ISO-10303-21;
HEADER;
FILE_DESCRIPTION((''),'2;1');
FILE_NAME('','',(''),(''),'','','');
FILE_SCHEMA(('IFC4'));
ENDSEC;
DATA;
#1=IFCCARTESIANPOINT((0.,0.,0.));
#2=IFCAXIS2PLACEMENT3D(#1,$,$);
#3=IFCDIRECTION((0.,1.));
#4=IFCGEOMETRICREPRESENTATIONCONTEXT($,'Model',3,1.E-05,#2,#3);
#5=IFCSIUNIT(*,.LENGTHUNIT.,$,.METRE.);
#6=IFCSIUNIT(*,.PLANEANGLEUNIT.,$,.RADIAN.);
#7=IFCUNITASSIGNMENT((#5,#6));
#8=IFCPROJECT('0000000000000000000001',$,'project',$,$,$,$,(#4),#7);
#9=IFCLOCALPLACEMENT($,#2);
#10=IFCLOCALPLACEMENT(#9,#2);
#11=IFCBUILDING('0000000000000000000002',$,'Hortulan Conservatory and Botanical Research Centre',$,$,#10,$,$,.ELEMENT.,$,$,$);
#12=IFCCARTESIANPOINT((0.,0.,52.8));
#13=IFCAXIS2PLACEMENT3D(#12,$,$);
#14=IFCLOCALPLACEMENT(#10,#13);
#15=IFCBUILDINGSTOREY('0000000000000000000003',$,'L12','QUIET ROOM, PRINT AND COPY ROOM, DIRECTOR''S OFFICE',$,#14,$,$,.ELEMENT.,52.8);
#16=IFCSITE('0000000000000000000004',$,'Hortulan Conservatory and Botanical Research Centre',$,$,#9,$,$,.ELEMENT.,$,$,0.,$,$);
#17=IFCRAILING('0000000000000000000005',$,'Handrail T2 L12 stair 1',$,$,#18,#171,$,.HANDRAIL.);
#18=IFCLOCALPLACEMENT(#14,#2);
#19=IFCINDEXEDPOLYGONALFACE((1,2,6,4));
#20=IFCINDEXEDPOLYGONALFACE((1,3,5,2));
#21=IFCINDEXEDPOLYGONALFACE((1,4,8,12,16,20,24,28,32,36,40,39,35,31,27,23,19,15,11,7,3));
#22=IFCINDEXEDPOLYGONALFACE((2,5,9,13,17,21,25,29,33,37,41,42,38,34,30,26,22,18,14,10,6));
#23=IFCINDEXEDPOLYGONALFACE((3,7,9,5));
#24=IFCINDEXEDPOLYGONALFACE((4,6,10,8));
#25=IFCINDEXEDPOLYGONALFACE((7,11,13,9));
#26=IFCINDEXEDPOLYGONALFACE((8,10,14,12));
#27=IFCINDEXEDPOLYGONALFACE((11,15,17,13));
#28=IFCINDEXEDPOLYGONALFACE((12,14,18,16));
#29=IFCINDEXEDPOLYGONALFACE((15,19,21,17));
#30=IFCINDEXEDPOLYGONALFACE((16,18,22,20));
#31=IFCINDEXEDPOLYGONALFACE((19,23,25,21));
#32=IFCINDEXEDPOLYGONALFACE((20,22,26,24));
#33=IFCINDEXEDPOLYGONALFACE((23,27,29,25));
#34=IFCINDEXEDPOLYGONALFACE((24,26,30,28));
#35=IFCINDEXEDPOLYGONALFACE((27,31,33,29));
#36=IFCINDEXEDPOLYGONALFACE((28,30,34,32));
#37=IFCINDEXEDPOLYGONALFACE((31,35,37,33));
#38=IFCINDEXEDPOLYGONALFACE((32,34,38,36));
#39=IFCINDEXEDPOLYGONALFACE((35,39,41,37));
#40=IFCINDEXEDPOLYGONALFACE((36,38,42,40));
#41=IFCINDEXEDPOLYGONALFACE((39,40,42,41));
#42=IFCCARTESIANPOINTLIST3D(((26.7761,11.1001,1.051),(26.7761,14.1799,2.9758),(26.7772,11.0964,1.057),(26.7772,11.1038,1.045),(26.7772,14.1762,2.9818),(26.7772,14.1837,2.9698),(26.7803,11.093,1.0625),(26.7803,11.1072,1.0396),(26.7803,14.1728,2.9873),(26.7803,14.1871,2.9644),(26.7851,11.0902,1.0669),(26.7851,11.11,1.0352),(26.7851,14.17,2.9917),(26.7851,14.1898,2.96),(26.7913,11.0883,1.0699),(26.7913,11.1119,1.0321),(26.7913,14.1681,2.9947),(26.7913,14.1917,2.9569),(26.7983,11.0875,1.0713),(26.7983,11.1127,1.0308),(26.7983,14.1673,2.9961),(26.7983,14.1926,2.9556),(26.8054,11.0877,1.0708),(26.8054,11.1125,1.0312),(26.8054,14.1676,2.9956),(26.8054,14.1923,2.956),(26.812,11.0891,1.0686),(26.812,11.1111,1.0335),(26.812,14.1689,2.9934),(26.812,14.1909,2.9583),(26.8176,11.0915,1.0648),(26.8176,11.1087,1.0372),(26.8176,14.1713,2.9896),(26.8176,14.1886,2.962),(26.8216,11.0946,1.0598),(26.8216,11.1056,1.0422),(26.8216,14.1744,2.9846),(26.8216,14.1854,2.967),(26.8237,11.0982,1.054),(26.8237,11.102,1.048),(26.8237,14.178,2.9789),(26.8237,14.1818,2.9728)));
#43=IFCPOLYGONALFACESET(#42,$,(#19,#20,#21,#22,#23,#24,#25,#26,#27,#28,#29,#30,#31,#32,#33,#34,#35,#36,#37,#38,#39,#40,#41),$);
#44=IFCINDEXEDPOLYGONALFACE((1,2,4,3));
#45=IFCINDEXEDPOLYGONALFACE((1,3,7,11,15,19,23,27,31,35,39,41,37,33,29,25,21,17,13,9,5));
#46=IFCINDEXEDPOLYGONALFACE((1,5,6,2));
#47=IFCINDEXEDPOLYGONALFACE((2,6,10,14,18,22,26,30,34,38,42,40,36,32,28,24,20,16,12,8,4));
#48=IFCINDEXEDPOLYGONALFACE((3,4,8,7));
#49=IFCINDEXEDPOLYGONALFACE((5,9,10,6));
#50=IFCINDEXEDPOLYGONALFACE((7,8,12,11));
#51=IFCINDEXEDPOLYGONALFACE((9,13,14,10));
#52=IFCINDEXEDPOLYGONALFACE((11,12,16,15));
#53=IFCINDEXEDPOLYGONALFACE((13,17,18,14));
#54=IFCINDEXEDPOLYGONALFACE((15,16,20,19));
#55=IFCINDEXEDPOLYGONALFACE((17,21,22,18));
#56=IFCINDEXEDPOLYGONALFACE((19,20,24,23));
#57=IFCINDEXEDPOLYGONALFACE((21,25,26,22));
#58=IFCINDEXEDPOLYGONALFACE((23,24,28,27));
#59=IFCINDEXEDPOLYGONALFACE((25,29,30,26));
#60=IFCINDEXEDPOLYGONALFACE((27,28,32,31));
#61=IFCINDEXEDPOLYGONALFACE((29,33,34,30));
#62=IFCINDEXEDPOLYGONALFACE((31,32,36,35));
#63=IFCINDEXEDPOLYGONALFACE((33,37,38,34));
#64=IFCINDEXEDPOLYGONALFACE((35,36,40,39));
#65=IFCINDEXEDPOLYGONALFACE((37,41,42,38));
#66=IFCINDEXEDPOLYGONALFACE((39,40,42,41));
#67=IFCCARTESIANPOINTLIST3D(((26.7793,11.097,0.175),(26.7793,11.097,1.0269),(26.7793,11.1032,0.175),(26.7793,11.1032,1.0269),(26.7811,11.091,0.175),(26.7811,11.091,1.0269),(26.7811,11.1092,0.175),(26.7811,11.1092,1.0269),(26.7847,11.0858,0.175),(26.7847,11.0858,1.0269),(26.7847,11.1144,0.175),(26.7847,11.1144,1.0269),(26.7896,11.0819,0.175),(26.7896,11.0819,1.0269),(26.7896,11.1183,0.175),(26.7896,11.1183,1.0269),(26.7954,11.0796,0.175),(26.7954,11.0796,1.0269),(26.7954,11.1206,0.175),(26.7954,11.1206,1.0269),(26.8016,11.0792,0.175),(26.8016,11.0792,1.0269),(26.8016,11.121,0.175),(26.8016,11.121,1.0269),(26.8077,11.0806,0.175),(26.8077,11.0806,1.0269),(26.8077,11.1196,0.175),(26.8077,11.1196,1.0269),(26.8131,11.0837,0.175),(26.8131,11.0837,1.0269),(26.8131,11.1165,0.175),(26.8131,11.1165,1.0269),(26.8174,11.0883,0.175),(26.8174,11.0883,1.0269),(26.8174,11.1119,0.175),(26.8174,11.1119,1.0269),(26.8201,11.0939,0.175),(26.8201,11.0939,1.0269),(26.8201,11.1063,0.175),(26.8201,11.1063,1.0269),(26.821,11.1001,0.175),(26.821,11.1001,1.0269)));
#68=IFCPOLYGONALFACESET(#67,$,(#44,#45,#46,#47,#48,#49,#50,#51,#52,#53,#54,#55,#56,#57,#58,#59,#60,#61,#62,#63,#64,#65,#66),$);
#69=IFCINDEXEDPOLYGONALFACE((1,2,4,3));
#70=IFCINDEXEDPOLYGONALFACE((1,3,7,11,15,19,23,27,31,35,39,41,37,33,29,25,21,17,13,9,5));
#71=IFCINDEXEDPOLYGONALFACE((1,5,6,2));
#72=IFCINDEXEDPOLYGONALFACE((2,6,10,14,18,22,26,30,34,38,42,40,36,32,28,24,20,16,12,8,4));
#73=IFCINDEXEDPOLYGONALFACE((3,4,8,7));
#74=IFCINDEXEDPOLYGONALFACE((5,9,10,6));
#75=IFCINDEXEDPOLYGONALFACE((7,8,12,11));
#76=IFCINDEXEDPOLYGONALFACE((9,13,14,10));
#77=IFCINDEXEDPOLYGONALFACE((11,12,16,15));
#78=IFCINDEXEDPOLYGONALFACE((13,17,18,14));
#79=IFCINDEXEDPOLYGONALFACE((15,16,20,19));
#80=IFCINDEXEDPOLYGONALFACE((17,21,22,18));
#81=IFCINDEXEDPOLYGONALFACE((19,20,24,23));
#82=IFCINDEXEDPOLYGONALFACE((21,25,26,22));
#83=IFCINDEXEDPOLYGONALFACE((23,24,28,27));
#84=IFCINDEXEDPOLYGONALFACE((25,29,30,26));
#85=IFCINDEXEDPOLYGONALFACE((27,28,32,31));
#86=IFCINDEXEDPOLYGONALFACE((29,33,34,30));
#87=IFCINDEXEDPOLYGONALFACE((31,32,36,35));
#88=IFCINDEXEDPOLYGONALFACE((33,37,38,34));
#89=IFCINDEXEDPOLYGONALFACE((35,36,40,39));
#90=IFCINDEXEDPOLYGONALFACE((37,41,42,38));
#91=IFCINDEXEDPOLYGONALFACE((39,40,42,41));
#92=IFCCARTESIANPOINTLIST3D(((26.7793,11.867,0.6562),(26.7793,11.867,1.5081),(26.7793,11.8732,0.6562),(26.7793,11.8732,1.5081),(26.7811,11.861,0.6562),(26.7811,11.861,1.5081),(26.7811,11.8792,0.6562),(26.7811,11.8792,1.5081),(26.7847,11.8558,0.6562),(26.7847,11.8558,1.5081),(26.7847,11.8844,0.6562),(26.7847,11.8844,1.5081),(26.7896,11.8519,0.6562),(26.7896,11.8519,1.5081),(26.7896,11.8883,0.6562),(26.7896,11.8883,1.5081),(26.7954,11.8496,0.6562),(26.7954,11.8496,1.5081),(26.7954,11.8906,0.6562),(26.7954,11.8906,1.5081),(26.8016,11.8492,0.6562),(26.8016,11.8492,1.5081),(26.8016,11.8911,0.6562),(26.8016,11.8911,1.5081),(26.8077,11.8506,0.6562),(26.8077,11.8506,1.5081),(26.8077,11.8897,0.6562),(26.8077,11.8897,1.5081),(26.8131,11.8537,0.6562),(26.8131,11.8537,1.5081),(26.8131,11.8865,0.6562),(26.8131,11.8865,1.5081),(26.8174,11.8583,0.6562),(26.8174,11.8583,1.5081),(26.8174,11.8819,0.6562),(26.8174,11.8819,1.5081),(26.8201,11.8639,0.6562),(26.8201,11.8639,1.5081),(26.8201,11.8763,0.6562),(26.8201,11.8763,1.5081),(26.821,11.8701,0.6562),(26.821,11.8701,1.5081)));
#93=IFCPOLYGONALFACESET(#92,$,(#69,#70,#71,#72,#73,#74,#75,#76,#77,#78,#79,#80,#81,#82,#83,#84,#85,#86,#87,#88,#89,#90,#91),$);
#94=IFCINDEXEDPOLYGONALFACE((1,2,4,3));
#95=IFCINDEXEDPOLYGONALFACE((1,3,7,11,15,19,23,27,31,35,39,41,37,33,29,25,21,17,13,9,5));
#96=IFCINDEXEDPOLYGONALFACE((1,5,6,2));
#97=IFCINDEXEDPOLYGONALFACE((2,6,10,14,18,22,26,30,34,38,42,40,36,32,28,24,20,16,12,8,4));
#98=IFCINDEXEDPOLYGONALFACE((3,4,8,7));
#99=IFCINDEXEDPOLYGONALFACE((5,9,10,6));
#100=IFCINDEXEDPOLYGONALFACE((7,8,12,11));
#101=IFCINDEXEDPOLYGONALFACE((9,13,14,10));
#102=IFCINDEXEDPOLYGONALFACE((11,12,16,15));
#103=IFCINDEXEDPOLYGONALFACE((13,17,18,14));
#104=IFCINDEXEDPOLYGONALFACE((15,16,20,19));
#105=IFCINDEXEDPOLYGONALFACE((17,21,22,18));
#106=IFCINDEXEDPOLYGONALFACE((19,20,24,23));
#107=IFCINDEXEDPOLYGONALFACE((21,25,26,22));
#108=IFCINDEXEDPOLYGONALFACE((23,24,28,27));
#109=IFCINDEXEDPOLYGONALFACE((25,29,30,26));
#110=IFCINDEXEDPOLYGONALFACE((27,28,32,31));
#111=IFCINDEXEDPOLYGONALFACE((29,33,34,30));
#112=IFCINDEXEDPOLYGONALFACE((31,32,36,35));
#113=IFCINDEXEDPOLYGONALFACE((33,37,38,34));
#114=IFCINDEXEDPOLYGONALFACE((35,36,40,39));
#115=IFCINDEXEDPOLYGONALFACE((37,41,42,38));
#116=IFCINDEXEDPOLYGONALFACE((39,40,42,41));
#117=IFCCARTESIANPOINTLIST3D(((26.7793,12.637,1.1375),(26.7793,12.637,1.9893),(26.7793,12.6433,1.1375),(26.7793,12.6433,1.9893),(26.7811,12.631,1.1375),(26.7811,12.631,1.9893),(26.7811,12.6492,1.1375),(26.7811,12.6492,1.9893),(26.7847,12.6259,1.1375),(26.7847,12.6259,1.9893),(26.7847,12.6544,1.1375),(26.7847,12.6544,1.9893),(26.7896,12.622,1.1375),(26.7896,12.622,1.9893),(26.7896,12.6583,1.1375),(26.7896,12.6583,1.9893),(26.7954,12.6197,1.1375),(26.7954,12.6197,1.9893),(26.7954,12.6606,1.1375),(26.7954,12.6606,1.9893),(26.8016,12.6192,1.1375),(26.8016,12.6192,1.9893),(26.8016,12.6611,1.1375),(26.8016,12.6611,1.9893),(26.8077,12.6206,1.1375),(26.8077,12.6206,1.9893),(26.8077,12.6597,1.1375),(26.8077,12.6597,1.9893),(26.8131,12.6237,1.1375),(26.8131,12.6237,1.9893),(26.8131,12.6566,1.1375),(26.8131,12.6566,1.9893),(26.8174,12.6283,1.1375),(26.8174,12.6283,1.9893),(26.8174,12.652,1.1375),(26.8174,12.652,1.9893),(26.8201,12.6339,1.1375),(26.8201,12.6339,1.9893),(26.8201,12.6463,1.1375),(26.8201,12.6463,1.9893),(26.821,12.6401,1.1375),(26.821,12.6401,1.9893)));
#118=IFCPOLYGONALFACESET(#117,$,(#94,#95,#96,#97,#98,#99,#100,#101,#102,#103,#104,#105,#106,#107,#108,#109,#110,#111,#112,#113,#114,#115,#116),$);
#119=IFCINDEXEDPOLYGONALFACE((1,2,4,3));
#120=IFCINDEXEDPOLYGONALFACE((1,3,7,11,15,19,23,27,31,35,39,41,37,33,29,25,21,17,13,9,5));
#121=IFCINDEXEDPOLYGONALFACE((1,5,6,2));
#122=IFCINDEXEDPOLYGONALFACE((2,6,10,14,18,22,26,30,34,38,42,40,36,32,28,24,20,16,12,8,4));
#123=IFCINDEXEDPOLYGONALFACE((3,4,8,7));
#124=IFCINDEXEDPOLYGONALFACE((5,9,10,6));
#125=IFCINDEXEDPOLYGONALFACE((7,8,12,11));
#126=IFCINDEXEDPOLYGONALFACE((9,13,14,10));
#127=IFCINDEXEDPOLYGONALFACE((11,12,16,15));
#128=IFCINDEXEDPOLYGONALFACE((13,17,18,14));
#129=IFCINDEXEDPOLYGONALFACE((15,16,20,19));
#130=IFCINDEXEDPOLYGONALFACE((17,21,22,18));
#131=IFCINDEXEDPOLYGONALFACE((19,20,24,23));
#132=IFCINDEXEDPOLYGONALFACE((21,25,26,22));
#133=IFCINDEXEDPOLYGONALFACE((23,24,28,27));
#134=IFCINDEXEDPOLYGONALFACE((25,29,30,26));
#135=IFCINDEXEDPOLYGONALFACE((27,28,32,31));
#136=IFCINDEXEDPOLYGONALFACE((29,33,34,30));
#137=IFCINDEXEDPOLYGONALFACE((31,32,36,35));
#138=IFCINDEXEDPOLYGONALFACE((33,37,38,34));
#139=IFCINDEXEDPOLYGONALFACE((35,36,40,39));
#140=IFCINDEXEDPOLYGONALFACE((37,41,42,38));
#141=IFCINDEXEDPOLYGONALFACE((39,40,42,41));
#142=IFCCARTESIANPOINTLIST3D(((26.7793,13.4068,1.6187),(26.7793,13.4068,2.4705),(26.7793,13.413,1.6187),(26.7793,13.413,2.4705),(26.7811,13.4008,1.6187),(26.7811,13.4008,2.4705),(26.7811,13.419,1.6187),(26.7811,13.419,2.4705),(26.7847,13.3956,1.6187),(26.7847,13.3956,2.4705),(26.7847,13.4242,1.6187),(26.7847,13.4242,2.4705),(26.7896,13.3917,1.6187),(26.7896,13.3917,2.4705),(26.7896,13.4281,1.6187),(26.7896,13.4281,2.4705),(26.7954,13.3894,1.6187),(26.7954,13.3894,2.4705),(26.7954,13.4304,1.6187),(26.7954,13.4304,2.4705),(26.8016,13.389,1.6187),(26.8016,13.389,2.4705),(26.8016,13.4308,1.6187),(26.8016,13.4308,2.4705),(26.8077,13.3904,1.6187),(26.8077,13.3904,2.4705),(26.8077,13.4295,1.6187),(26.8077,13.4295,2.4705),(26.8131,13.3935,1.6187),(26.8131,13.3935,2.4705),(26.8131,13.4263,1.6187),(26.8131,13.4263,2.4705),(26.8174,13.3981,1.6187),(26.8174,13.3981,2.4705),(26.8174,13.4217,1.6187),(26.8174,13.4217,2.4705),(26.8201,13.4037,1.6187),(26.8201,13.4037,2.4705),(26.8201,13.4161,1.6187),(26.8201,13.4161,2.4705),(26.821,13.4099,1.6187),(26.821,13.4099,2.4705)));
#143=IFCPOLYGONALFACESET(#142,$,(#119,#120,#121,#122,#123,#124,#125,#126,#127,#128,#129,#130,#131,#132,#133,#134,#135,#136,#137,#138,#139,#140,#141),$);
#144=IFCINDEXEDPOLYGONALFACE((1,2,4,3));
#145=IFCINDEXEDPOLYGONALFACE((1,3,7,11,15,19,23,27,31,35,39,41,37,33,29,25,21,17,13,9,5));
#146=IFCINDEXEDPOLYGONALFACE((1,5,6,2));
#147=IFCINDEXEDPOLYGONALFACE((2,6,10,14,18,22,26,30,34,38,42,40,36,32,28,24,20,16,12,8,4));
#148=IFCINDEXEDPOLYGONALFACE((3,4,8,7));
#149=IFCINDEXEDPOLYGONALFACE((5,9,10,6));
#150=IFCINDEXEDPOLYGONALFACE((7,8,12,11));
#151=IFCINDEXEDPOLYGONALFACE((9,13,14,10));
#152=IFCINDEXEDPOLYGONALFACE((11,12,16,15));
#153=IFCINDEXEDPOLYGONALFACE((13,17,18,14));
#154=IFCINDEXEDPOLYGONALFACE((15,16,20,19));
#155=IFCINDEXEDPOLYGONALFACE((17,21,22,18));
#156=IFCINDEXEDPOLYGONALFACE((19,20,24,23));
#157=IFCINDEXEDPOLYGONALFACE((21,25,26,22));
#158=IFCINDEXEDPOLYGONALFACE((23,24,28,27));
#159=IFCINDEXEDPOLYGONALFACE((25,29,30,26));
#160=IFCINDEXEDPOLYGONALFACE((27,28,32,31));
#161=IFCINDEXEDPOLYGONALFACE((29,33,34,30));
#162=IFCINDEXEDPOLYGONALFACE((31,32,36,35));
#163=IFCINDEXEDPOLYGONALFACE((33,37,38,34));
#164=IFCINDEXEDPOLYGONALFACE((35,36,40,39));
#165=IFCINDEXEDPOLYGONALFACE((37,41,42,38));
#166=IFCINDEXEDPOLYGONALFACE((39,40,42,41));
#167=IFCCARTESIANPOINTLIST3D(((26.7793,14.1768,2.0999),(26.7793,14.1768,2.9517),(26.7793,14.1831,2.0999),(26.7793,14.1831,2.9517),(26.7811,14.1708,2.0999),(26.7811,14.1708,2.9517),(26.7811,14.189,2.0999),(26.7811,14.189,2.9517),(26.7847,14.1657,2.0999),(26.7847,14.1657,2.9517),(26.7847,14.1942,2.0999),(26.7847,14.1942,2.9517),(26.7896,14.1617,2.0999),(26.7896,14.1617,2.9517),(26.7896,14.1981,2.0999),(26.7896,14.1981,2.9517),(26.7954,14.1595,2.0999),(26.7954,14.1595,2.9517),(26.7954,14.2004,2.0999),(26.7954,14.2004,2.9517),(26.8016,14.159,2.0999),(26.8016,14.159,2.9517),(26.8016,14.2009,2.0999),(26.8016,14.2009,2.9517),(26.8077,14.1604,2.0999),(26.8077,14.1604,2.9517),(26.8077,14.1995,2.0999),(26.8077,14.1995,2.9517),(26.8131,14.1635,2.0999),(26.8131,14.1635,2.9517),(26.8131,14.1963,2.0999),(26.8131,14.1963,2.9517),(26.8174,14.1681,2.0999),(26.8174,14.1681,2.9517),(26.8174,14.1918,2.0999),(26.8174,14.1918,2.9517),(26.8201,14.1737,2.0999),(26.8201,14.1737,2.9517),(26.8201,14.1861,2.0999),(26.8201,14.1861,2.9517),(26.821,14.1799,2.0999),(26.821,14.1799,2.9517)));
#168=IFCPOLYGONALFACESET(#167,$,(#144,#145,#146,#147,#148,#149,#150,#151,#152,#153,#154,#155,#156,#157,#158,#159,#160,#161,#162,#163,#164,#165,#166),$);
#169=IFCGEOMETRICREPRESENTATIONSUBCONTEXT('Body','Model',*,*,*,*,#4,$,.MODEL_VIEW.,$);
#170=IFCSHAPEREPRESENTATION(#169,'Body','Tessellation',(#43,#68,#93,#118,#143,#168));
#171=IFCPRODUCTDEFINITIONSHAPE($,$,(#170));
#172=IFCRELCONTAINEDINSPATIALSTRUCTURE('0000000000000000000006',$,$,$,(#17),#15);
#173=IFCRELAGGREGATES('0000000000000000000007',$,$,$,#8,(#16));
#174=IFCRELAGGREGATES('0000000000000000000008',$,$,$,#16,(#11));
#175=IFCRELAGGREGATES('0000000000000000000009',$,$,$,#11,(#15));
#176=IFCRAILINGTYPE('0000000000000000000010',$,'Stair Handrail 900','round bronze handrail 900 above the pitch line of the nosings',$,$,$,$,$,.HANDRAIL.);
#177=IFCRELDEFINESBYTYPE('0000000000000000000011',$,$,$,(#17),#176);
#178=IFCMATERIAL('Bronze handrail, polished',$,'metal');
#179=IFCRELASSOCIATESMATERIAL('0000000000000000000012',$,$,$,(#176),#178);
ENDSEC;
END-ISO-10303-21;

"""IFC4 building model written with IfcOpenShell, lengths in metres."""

from ifc_helpers import new_model, si_unit, direction, frame, origin, origin_2d, place, context, subcontext, project, spatial, circle, extrude, material, type_object, element, save


model = new_model("IFC4")

# Units and contexts
model_context = context("Model", 3, precision=1e-05, world=origin(), true_north=direction((0.0, 1.0)))
body_context = subcontext(model_context, "Body", "Model", "MODEL_VIEW")
ifc_project = project(units=[si_unit("LENGTHUNIT", "METRE"), si_unit("PLANEANGLEUNIT", "RADIAN")], contexts=[model_context])

# Site, building, storey
site_placement = place(None, origin())
site = spatial("IfcSite", under=ifc_project, at=site_placement, Name="Hortulan Conservatory and Botanical Research Centre", CompositionType="ELEMENT", RefElevation=0.0)
building_placement = place(site_placement, origin())
building = spatial("IfcBuilding", under=site, at=building_placement, Name="Hortulan Conservatory and Botanical Research Centre", CompositionType="ELEMENT")
storey_placement = place(building_placement, frame((0.0, 0.0, 52.8)))
storey = spatial("IfcBuildingStorey", under=building, at=storey_placement, Name="L12", Description="QUIET ROOM, PRINT AND COPY ROOM, DIRECTOR'S OFFICE", CompositionType="ELEMENT", Elevation=52.8)

# Railing
ifc_material_1 = material(Name="Bronze handrail, polished", Category="metal")
railing_type = type_object("IfcRailingType", Name="Stair Handrail 900", Description="round bronze handrail 900 above the pitch line of the nosings", PredefinedType="HANDRAIL", material=ifc_material_1)
for number, where, name in (
    (1, (26.8, 11.1001, 0.175), "Handrail T2 L12 stair 1"),
):
    element("IfcRailing", number, at=place(storey_placement, frame(where)), inside=storey, type_object=railing_type, Name=name, PredefinedType="HANDRAIL", context=body_context, shape_type="SweptSolid", body=[
        extrude(circle(Radius=0.0239, at=origin_2d()), frame((0.0, 0.0, 0.876), z_axis=(0.0, 0.84801, 0.529981), x_axis=(-1.0, 0.0, 0.0)), (0.0, 0.0, 1.0), 3.6318),
        extrude(circle(Radius=0.021, at=origin_2d()), origin(), (0.0, 0.0, 1.0), 0.8518),
        extrude(circle(Radius=0.021, at=origin_2d()), frame((0.0, 0.77, 0.4812)), (0.0, 0.0, 1.0), 0.8518),
        extrude(circle(Radius=0.021, at=origin_2d()), frame((0.0, 1.54, 0.9624)), (0.0, 0.0, 1.0), 0.8518),
        extrude(circle(Radius=0.021, at=origin_2d()), frame((0.0, 2.3098, 1.4436)), (0.0, 0.0, 1.0), 0.8518),
        extrude(circle(Radius=0.021, at=origin_2d()), frame((0.0, 3.0798, 1.9248)), (0.0, 0.0, 1.0), 0.8518),
    ])

save(model, "model.ifc")
